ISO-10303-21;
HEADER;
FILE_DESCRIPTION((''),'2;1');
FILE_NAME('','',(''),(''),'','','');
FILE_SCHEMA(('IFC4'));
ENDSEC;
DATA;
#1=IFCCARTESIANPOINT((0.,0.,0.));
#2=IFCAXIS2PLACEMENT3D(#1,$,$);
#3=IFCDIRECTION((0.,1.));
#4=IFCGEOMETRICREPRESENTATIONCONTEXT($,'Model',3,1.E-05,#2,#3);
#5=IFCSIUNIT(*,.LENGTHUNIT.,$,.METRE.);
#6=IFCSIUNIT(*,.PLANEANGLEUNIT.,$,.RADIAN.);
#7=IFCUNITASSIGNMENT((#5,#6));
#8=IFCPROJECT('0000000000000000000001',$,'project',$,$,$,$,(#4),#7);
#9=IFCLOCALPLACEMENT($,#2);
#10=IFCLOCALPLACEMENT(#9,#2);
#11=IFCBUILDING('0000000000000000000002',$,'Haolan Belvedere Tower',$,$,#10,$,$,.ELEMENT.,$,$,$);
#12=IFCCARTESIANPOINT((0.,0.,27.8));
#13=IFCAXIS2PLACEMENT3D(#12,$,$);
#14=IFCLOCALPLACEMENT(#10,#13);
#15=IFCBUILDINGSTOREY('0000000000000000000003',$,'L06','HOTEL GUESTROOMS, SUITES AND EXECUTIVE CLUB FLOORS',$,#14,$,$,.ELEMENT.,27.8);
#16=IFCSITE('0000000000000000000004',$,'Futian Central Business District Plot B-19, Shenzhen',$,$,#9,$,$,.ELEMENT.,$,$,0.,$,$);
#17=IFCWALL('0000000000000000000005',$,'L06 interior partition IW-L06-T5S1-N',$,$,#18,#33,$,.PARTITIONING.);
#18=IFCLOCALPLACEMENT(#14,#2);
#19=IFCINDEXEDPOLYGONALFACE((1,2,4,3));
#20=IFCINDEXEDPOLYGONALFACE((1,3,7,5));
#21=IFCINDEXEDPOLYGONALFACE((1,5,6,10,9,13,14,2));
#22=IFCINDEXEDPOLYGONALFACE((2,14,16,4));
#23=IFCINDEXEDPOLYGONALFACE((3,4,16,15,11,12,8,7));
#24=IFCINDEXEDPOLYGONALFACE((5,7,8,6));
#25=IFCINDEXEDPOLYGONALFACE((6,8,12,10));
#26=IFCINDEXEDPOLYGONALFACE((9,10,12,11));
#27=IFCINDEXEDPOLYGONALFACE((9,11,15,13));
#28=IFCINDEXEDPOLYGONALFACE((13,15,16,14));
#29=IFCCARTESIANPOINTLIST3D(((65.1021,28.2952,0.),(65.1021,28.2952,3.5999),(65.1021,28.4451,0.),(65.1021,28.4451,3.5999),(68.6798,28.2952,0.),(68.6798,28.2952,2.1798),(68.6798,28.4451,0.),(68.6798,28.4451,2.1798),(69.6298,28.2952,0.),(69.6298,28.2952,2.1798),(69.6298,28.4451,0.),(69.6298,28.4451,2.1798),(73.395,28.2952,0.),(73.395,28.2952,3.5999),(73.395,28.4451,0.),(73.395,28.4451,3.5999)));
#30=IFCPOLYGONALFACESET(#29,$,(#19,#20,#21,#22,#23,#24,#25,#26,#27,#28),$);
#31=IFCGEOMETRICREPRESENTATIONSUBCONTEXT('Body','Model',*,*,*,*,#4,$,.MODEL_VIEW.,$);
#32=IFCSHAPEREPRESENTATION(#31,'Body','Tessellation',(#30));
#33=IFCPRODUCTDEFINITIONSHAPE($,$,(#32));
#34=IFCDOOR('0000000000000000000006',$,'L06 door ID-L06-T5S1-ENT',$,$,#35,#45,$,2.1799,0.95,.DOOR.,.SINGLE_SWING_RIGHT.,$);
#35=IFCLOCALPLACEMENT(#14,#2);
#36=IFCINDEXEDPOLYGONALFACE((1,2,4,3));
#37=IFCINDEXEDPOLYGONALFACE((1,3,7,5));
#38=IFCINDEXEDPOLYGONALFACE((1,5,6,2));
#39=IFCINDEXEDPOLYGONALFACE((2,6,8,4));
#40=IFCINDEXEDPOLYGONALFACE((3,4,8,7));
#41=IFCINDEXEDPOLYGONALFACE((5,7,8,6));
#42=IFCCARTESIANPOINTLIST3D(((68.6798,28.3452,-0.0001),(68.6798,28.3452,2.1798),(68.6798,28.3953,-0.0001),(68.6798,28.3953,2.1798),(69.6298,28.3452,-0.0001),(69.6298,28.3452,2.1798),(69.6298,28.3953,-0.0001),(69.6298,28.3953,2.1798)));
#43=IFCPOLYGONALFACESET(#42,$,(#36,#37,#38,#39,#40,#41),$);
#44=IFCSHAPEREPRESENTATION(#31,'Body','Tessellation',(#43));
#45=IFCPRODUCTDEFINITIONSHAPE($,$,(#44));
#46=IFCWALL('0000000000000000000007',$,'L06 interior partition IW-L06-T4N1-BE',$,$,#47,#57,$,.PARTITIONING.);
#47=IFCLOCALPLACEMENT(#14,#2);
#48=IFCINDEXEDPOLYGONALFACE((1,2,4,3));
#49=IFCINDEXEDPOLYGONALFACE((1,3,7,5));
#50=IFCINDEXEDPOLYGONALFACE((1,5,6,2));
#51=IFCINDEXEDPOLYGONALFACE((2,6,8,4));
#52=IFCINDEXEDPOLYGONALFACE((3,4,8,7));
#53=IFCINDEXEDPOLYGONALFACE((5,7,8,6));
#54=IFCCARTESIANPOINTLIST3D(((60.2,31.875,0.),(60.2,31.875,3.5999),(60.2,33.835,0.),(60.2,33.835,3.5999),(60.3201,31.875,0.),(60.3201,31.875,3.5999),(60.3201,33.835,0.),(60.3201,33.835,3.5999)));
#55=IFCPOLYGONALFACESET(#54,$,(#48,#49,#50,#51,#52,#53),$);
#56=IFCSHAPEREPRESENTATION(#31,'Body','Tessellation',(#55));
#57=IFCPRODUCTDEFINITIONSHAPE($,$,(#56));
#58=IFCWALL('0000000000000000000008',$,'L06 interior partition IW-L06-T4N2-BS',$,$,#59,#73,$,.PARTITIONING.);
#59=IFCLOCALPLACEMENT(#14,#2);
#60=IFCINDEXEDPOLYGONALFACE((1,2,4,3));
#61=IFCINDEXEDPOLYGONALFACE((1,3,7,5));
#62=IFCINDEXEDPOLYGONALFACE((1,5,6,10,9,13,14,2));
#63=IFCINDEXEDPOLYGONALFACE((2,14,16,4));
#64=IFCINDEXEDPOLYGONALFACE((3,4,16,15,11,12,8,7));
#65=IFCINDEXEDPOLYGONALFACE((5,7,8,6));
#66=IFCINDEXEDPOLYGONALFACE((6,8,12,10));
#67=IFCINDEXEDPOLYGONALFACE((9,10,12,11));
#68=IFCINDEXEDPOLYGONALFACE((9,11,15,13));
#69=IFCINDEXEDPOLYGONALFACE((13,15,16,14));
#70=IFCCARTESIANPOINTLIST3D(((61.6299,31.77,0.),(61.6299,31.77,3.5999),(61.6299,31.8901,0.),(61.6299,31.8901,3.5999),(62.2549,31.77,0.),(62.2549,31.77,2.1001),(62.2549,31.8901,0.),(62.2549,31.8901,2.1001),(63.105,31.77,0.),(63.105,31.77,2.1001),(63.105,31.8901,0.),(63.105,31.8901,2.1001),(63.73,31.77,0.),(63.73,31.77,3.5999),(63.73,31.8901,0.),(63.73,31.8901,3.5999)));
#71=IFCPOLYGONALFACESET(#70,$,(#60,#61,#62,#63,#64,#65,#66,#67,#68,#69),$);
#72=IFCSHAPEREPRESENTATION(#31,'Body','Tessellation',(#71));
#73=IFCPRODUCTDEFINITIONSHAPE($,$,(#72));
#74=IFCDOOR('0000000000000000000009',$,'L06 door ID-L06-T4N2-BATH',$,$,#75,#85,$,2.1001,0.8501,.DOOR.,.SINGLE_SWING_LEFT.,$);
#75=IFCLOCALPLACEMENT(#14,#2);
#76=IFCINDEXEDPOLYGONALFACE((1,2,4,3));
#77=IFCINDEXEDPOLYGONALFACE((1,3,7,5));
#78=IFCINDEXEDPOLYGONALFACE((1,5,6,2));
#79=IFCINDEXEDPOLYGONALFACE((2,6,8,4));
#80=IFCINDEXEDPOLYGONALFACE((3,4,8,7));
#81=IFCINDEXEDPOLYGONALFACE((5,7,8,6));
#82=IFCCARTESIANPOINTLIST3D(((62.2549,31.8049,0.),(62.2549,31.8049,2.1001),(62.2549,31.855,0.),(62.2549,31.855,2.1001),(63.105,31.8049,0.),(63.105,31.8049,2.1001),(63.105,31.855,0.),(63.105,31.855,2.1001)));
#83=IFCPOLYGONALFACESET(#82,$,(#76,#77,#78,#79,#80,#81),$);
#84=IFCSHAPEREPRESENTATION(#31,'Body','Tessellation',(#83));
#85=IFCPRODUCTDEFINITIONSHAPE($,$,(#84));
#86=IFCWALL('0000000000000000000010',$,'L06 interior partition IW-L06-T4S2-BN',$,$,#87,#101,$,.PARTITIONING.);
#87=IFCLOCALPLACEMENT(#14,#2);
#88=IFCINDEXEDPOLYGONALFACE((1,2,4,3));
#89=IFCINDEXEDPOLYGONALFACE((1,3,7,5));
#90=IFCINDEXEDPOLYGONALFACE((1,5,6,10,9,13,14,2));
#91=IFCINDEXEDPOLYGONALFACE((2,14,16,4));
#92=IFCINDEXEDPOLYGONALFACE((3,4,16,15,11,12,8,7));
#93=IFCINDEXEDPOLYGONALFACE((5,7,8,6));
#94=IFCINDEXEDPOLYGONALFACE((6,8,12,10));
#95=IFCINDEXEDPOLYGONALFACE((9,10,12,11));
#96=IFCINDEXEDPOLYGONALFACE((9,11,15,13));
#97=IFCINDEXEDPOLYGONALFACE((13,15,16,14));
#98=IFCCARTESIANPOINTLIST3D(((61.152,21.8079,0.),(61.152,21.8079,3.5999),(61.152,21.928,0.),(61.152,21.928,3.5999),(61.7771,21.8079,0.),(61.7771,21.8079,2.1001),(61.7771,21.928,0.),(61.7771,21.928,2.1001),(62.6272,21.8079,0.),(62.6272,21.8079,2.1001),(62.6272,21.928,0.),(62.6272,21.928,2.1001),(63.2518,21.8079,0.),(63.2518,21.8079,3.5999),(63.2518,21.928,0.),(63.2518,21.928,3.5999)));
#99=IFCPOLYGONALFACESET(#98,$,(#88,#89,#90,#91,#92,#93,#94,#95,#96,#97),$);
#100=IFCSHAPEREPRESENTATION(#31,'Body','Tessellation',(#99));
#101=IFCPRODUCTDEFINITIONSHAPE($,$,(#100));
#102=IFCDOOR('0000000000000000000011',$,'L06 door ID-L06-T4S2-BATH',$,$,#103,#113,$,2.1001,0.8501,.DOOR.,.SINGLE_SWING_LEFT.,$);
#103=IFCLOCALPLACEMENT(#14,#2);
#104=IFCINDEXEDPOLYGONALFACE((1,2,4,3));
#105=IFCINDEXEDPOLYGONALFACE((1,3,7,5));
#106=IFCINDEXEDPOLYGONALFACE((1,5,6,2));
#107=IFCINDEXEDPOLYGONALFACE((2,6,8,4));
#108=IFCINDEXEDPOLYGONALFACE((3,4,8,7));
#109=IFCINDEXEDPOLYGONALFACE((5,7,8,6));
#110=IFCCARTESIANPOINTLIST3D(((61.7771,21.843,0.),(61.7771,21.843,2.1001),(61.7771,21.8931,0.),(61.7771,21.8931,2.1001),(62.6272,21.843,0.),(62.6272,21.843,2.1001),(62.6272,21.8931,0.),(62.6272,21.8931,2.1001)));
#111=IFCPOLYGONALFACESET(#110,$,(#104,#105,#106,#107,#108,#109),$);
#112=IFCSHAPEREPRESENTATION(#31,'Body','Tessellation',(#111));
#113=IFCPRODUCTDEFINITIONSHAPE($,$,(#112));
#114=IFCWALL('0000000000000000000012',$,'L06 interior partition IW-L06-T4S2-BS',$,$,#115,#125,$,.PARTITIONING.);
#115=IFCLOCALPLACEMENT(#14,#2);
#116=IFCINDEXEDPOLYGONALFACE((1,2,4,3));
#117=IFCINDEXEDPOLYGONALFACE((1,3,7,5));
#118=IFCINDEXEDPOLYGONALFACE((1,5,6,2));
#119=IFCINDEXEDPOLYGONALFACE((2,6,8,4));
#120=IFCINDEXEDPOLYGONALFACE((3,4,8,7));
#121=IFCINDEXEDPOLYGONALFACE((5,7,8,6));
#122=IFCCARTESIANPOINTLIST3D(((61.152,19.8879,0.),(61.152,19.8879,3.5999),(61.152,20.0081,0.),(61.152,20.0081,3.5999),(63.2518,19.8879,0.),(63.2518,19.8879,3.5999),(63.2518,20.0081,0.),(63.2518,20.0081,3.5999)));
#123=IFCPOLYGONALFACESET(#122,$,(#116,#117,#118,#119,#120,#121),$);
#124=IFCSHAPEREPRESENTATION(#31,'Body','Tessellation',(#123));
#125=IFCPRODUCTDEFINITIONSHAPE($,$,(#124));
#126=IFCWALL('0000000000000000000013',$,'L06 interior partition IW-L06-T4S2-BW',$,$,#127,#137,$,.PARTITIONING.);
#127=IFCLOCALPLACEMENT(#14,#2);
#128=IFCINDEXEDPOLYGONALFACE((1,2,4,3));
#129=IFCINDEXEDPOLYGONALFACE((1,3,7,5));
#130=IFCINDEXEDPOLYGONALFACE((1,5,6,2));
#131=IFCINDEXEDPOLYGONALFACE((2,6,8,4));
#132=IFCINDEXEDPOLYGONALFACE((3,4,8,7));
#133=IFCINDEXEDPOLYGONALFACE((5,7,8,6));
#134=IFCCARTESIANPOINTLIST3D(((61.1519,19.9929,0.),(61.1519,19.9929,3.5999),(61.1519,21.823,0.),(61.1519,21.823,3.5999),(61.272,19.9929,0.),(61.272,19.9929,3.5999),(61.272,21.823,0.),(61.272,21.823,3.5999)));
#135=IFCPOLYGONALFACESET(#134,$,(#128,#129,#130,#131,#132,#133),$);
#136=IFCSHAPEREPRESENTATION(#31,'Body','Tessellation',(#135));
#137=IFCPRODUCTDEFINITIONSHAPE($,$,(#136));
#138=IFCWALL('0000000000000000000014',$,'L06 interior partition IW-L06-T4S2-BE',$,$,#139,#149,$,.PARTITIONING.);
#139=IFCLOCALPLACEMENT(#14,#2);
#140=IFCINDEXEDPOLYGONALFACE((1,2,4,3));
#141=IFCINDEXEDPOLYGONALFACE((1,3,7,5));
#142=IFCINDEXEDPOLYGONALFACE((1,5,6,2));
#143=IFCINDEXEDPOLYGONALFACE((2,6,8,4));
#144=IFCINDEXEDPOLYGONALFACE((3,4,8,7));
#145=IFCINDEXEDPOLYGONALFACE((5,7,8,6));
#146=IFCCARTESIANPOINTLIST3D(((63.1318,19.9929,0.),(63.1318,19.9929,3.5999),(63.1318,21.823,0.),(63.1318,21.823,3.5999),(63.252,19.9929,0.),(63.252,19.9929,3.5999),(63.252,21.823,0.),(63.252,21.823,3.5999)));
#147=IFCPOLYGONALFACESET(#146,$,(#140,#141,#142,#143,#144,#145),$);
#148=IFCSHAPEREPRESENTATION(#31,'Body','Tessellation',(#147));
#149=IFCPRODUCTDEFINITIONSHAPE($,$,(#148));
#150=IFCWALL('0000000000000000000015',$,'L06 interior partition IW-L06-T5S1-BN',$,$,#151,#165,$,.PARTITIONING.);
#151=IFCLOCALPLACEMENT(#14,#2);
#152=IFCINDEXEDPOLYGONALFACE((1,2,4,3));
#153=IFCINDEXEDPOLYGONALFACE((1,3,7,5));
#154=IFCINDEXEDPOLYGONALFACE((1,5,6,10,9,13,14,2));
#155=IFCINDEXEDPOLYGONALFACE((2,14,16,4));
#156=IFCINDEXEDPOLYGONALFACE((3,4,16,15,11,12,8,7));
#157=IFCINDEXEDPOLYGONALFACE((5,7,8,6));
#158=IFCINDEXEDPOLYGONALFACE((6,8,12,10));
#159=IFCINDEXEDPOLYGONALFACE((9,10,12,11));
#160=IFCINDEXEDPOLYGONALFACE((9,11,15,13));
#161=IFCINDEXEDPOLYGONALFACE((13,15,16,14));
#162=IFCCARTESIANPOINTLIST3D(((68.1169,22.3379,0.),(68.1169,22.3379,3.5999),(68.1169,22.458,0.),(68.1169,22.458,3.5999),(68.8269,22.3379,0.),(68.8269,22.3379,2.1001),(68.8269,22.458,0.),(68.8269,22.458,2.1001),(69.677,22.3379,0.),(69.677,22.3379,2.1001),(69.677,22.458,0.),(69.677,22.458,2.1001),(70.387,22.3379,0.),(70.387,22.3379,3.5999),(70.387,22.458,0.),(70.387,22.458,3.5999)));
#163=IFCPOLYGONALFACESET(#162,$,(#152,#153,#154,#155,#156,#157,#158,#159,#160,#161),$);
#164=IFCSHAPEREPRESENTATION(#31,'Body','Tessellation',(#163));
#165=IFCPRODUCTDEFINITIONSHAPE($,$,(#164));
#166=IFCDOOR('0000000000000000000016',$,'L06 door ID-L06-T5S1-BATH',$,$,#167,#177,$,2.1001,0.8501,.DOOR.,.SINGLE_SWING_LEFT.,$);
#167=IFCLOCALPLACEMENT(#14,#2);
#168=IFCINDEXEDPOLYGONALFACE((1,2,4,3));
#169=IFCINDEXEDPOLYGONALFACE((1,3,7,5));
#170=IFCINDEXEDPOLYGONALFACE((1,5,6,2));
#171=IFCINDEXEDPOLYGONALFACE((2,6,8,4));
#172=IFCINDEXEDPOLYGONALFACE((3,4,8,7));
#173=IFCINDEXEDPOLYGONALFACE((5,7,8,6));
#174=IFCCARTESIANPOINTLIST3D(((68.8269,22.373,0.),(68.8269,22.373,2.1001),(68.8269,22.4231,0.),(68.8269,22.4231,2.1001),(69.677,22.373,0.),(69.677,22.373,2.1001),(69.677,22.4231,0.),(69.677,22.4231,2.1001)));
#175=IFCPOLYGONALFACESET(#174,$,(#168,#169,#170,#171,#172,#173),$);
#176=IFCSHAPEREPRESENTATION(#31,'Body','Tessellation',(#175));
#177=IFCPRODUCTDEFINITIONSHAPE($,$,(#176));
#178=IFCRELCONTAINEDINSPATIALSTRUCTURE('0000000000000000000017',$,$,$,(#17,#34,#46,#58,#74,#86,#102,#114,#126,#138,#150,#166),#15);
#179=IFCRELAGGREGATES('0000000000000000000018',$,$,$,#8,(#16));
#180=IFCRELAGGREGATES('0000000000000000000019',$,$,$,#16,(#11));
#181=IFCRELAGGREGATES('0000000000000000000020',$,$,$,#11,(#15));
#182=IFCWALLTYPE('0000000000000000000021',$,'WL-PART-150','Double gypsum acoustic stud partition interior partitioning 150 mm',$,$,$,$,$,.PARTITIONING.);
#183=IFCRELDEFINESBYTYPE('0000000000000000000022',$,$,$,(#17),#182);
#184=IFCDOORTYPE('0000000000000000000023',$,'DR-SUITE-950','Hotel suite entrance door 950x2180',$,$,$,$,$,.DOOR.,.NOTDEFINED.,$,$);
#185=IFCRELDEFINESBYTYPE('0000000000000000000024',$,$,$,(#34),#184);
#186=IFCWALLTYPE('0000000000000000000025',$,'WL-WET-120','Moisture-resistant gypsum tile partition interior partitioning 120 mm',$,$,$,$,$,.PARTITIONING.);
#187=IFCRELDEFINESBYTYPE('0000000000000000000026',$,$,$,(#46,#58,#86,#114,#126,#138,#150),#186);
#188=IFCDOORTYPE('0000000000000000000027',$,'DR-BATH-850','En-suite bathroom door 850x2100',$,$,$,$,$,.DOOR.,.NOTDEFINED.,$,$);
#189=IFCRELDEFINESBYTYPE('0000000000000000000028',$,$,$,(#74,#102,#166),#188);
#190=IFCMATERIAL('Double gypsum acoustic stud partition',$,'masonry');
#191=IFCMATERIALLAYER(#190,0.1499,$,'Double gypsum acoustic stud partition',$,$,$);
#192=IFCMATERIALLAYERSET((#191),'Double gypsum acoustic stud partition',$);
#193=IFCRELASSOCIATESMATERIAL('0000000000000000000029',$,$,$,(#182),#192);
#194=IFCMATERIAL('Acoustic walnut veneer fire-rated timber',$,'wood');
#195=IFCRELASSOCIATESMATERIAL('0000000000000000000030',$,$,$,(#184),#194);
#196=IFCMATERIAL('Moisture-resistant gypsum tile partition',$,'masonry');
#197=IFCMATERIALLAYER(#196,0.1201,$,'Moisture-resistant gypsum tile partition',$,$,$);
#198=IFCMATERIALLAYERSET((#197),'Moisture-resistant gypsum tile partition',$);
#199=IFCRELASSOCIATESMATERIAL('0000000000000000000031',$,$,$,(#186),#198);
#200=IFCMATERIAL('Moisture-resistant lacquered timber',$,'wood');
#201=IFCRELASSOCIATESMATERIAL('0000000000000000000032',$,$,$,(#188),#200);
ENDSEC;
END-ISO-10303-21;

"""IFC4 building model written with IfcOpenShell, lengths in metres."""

from ifc_helpers import new_model, si_unit, direction, frame, frame_2d, origin, place, context, subcontext, project, spatial, rectangle, extrude, material, layer, layer_set, type_object, element, fill, save


model = new_model("IFC4")

# Units and contexts
model_context = context("Model", 3, precision=1e-05, world=origin(), true_north=direction((0.0, 1.0)))
body_context = subcontext(model_context, "Body", "Model", "MODEL_VIEW")
ifc_project = project(units=[si_unit("LENGTHUNIT", "METRE"), si_unit("PLANEANGLEUNIT", "RADIAN")], contexts=[model_context])

# Site, building, storey
site_placement = place(None, origin())
site = spatial("IfcSite", under=ifc_project, at=site_placement, Name="Futian Central Business District Plot B-19, Shenzhen", CompositionType="ELEMENT", RefElevation=0.0)
building_placement = place(site_placement, origin())
building = spatial("IfcBuilding", under=site, at=building_placement, Name="Haolan Belvedere Tower", CompositionType="ELEMENT")
storey_placement = place(building_placement, frame((0.0, 0.0, 27.8)))
storey = spatial("IfcBuildingStorey", under=building, at=storey_placement, Name="L06", Description="HOTEL GUESTROOMS, SUITES AND EXECUTIVE CLUB FLOORS", CompositionType="ELEMENT", Elevation=27.8)

# Shared definitions
ifc_material_1 = material(Name="Double gypsum acoustic stud partition", Category="masonry")
ifc_layer_1 = layer(ifc_material_1, 0.1499, Name="Double gypsum acoustic stud partition")
ifc_layer_set_1 = layer_set([ifc_layer_1], Name="Double gypsum acoustic stud partition")
wall_type_1 = type_object("IfcWallType", Name="WL-PART-150", Description="Double gypsum acoustic stud partition interior partitioning 150 mm", PredefinedType="PARTITIONING", material=ifc_layer_set_1)

# Wall, opening, door
wall_1_placement = place(storey_placement, frame((65.1021, 28.3701, 0.0), z_axis=(0.0, 0.0, 1.0), x_axis=(1.0, 0.0, 0.0)))
wall_1 = element("IfcWall", 1, at=wall_1_placement, inside=storey, type_object=wall_type_1, Name="L06 interior partition IW-L06-T5S1-N", PredefinedType="PARTITIONING", context=body_context, shape_type="SweptSolid", body=[
    extrude(rectangle(XDim=8.293, YDim=0.1499, at=frame_2d((4.1465, 0.0))), origin(), (0.0, 0.0, 1.0), 3.5999),
])
opening_1_placement = place(wall_1_placement, frame((4.5278, 0.0, 0.0), z_axis=(0.0, 0.0, 1.0), x_axis=(-1.0, 0.0, 0.0)))
opening_1 = element("IfcOpeningElement", 2, at=opening_1_placement, cuts=wall_1, PredefinedType="OPENING", context=body_context, shape_type="SweptSolid", body=[
    extrude(rectangle(XDim=0.95, YDim=2.1799, at=frame_2d((0.4751, 1.0898))), frame((0.0, 0.085, 0.0), z_axis=(0.0, -1.0, 0.0), x_axis=(1.0, 0.0, 0.0)), (0.0, 0.0, 1.0), 0.1699),
])
ifc_material_2 = material(Name="Acoustic walnut veneer fire-rated timber", Category="wood")
door_type_1 = type_object("IfcDoorType", Name="DR-SUITE-950", Description="Hotel suite entrance door 950x2180", OperationType="NOTDEFINED", PredefinedType="DOOR", material=ifc_material_2)
door_1_placement = place(opening_1_placement, origin())
door_1 = element("IfcDoor", 3, at=door_1_placement, inside=storey, type_object=door_type_1, Name="L06 door ID-L06-T5S1-ENT", OperationType="SINGLE_SWING_RIGHT", OverallHeight=2.1799, OverallWidth=0.95, PredefinedType="DOOR", context=body_context, shape_type="SweptSolid", body=[
    extrude(rectangle(XDim=0.95, YDim=2.1799, at=frame_2d((0.4751, 1.0898))), frame((0.0, 0.0249, 0.0), z_axis=(0.0, -1.0, 0.0), x_axis=(1.0, 0.0, 0.0)), (0.0, 0.0, 1.0), 0.05),
])
fill(opening_1, door_1)

# Wall
ifc_material_3 = material(Name="Moisture-resistant gypsum tile partition", Category="masonry")
ifc_layer_2 = layer(ifc_material_3, 0.1201, Name="Moisture-resistant gypsum tile partition")
ifc_layer_set_2 = layer_set([ifc_layer_2], Name="Moisture-resistant gypsum tile partition")
wall_type_2 = type_object("IfcWallType", Name="WL-WET-120", Description="Moisture-resistant gypsum tile partition interior partitioning 120 mm", PredefinedType="PARTITIONING", material=ifc_layer_set_2)
wall_2_placement = place(storey_placement, frame((60.26, 31.875, 0.0), z_axis=(0.0, 0.0, 1.0), x_axis=(0.0, 1.0, 0.0)))
element("IfcWall", 4, at=wall_2_placement, inside=storey, type_object=wall_type_2, Name="L06 interior partition IW-L06-T4N1-BE", PredefinedType="PARTITIONING", context=body_context, shape_type="SweptSolid", body=[
    extrude(rectangle(XDim=1.96, YDim=0.1201, at=frame_2d((0.98, 0.0))), origin(), (0.0, 0.0, 1.0), 3.5999),
])

# Walls, openings, doors
wall_3_placement = place(storey_placement, frame((61.6299, 31.8301, 0.0), z_axis=(0.0, 0.0, 1.0), x_axis=(1.0, 0.0, 0.0)))
wall_3 = element("IfcWall", 5, at=wall_3_placement, inside=storey, type_object=wall_type_2, Name="L06 interior partition IW-L06-T4N2-BS", PredefinedType="PARTITIONING", context=body_context, shape_type="SweptSolid", body=[
    extrude(rectangle(XDim=2.1001, YDim=0.1201, at=frame_2d((1.05, 0.0))), origin(), (0.0, 0.0, 1.0), 3.5999),
])
opening_2_placement = place(wall_3_placement, frame((0.625, 0.0, 0.0)))
opening_2 = element("IfcOpeningElement", 6, at=opening_2_placement, cuts=wall_3, PredefinedType="OPENING", context=body_context, shape_type="SweptSolid", body=[
    extrude(rectangle(XDim=0.8501, YDim=2.1001, at=frame_2d((0.425, 1.05))), frame((0.0, 0.0701, 0.0), z_axis=(0.0, -1.0, 0.0), x_axis=(1.0, 0.0, 0.0)), (0.0, 0.0, 1.0), 0.1401),
])
ifc_material_4 = material(Name="Moisture-resistant lacquered timber", Category="wood")
door_type_2 = type_object("IfcDoorType", Name="DR-BATH-850", Description="En-suite bathroom door 850x2100", OperationType="NOTDEFINED", PredefinedType="DOOR", material=ifc_material_4)
door_2_placement = place(opening_2_placement, origin())
door_2 = element("IfcDoor", 7, at=door_2_placement, inside=storey, type_object=door_type_2, Name="L06 door ID-L06-T4N2-BATH", OperationType="SINGLE_SWING_LEFT", OverallHeight=2.1001, OverallWidth=0.8501, PredefinedType="DOOR", context=body_context, shape_type="SweptSolid", body=[
    extrude(rectangle(XDim=0.8501, YDim=2.1001, at=frame_2d((0.425, 1.05))), frame((0.0, 0.0249, 0.0), z_axis=(0.0, -1.0, 0.0), x_axis=(1.0, 0.0, 0.0)), (0.0, 0.0, 1.0), 0.05),
])
fill(opening_2, door_2)
wall_4_placement = place(storey_placement, frame((61.1521, 21.8679, 0.0), z_axis=(0.0, 0.0, 1.0), x_axis=(1.0, 0.0, 0.0)))
wall_4 = element("IfcWall", 8, at=wall_4_placement, inside=storey, type_object=wall_type_2, Name="L06 interior partition IW-L06-T4S2-BN", PredefinedType="PARTITIONING", context=body_context, shape_type="SweptSolid", body=[
    extrude(rectangle(XDim=2.0999, YDim=0.1201, at=frame_2d((1.0498, 0.0))), origin(), (0.0, 0.0, 1.0), 3.5999),
])
opening_3_placement = place(wall_4_placement, frame((1.4751, 0.0, 0.0), z_axis=(0.0, 0.0, 1.0), x_axis=(-1.0, 0.0, 0.0)))
opening_3 = element("IfcOpeningElement", 9, at=opening_3_placement, cuts=wall_4, PredefinedType="OPENING", context=body_context, shape_type="SweptSolid", body=[
    extrude(rectangle(XDim=0.8501, YDim=2.1001, at=frame_2d((0.425, 1.05))), frame((0.0, 0.0701, 0.0), z_axis=(0.0, -1.0, 0.0), x_axis=(1.0, 0.0, 0.0)), (0.0, 0.0, 1.0), 0.1401),
])
door_3_placement = place(opening_3_placement, origin())
door_3 = element("IfcDoor", 10, at=door_3_placement, inside=storey, type_object=door_type_2, Name="L06 door ID-L06-T4S2-BATH", OperationType="SINGLE_SWING_LEFT", OverallHeight=2.1001, OverallWidth=0.8501, PredefinedType="DOOR", context=body_context, shape_type="SweptSolid", body=[
    extrude(rectangle(XDim=0.8501, YDim=2.1001, at=frame_2d((0.425, 1.05))), frame((0.0, 0.0249, 0.0), z_axis=(0.0, -1.0, 0.0), x_axis=(1.0, 0.0, 0.0)), (0.0, 0.0, 1.0), 0.05),
])
fill(opening_3, door_3)

# Walls
wall_5_placement = place(storey_placement, frame((61.1521, 19.948, 0.0), z_axis=(0.0, 0.0, 1.0), x_axis=(1.0, 0.0, 0.0)))
element("IfcWall", 11, at=wall_5_placement, inside=storey, type_object=wall_type_2, Name="L06 interior partition IW-L06-T4S2-BS", PredefinedType="PARTITIONING", context=body_context, shape_type="SweptSolid", body=[
    extrude(rectangle(XDim=2.0999, YDim=0.1201, at=frame_2d((1.0498, 0.0))), origin(), (0.0, 0.0, 1.0), 3.5999),
])
for number, where, z_axis, x_axis, name in (
    (12, (61.2119, 19.9929, 0.0), (0.0, 0.0, 1.0), (0.0, 1.0, 0.0), "L06 interior partition IW-L06-T4S2-BW"),
    (13, (63.1919, 19.9929, 0.0), (0.0, 0.0, 1.0), (0.0, 1.0, 0.0), "L06 interior partition IW-L06-T4S2-BE"),
):
    element("IfcWall", number, at=place(storey_placement, frame(where, z_axis=z_axis, x_axis=x_axis)), inside=storey, type_object=wall_type_2, Name=name, PredefinedType="PARTITIONING", context=body_context, shape_type="SweptSolid", body=[
        extrude(rectangle(XDim=1.8301, YDim=0.1201, at=frame_2d((0.915, 0.0))), origin(), (0.0, 0.0, 1.0), 3.5999),
    ])

# Wall, opening, door
wall_6_placement = place(storey_placement, frame((68.1169, 22.3979, 0.0), z_axis=(0.0, 0.0, 1.0), x_axis=(1.0, 0.0, 0.0)))
wall_6 = element("IfcWall", 14, at=wall_6_placement, inside=storey, type_object=wall_type_2, Name="L06 interior partition IW-L06-T5S1-BN", PredefinedType="PARTITIONING", context=body_context, shape_type="SweptSolid", body=[
    extrude(rectangle(XDim=2.27, YDim=0.1201, at=frame_2d((1.135, 0.0))), origin(), (0.0, 0.0, 1.0), 3.5999),
])
opening_4_placement = place(wall_6_placement, frame((1.5601, 0.0, 0.0), z_axis=(0.0, 0.0, 1.0), x_axis=(-1.0, 0.0, 0.0)))
opening_4 = element("IfcOpeningElement", 15, at=opening_4_placement, cuts=wall_6, PredefinedType="OPENING", context=body_context, shape_type="SweptSolid", body=[
    extrude(rectangle(XDim=0.8501, YDim=2.1001, at=frame_2d((0.425, 1.05))), frame((0.0, 0.0701, 0.0), z_axis=(0.0, -1.0, 0.0), x_axis=(1.0, 0.0, 0.0)), (0.0, 0.0, 1.0), 0.1401),
])
door_4_placement = place(opening_4_placement, origin())
door_4 = element("IfcDoor", 16, at=door_4_placement, inside=storey, type_object=door_type_2, Name="L06 door ID-L06-T5S1-BATH", OperationType="SINGLE_SWING_LEFT", OverallHeight=2.1001, OverallWidth=0.8501, PredefinedType="DOOR", context=body_context, shape_type="SweptSolid", body=[
    extrude(rectangle(XDim=0.8501, YDim=2.1001, at=frame_2d((0.425, 1.05))), frame((0.0, 0.0249, 0.0), z_axis=(0.0, -1.0, 0.0), x_axis=(1.0, 0.0, 0.0)), (0.0, 0.0, 1.0), 0.05),
])
fill(opening_4, door_4)

save(model, "model.ifc")
